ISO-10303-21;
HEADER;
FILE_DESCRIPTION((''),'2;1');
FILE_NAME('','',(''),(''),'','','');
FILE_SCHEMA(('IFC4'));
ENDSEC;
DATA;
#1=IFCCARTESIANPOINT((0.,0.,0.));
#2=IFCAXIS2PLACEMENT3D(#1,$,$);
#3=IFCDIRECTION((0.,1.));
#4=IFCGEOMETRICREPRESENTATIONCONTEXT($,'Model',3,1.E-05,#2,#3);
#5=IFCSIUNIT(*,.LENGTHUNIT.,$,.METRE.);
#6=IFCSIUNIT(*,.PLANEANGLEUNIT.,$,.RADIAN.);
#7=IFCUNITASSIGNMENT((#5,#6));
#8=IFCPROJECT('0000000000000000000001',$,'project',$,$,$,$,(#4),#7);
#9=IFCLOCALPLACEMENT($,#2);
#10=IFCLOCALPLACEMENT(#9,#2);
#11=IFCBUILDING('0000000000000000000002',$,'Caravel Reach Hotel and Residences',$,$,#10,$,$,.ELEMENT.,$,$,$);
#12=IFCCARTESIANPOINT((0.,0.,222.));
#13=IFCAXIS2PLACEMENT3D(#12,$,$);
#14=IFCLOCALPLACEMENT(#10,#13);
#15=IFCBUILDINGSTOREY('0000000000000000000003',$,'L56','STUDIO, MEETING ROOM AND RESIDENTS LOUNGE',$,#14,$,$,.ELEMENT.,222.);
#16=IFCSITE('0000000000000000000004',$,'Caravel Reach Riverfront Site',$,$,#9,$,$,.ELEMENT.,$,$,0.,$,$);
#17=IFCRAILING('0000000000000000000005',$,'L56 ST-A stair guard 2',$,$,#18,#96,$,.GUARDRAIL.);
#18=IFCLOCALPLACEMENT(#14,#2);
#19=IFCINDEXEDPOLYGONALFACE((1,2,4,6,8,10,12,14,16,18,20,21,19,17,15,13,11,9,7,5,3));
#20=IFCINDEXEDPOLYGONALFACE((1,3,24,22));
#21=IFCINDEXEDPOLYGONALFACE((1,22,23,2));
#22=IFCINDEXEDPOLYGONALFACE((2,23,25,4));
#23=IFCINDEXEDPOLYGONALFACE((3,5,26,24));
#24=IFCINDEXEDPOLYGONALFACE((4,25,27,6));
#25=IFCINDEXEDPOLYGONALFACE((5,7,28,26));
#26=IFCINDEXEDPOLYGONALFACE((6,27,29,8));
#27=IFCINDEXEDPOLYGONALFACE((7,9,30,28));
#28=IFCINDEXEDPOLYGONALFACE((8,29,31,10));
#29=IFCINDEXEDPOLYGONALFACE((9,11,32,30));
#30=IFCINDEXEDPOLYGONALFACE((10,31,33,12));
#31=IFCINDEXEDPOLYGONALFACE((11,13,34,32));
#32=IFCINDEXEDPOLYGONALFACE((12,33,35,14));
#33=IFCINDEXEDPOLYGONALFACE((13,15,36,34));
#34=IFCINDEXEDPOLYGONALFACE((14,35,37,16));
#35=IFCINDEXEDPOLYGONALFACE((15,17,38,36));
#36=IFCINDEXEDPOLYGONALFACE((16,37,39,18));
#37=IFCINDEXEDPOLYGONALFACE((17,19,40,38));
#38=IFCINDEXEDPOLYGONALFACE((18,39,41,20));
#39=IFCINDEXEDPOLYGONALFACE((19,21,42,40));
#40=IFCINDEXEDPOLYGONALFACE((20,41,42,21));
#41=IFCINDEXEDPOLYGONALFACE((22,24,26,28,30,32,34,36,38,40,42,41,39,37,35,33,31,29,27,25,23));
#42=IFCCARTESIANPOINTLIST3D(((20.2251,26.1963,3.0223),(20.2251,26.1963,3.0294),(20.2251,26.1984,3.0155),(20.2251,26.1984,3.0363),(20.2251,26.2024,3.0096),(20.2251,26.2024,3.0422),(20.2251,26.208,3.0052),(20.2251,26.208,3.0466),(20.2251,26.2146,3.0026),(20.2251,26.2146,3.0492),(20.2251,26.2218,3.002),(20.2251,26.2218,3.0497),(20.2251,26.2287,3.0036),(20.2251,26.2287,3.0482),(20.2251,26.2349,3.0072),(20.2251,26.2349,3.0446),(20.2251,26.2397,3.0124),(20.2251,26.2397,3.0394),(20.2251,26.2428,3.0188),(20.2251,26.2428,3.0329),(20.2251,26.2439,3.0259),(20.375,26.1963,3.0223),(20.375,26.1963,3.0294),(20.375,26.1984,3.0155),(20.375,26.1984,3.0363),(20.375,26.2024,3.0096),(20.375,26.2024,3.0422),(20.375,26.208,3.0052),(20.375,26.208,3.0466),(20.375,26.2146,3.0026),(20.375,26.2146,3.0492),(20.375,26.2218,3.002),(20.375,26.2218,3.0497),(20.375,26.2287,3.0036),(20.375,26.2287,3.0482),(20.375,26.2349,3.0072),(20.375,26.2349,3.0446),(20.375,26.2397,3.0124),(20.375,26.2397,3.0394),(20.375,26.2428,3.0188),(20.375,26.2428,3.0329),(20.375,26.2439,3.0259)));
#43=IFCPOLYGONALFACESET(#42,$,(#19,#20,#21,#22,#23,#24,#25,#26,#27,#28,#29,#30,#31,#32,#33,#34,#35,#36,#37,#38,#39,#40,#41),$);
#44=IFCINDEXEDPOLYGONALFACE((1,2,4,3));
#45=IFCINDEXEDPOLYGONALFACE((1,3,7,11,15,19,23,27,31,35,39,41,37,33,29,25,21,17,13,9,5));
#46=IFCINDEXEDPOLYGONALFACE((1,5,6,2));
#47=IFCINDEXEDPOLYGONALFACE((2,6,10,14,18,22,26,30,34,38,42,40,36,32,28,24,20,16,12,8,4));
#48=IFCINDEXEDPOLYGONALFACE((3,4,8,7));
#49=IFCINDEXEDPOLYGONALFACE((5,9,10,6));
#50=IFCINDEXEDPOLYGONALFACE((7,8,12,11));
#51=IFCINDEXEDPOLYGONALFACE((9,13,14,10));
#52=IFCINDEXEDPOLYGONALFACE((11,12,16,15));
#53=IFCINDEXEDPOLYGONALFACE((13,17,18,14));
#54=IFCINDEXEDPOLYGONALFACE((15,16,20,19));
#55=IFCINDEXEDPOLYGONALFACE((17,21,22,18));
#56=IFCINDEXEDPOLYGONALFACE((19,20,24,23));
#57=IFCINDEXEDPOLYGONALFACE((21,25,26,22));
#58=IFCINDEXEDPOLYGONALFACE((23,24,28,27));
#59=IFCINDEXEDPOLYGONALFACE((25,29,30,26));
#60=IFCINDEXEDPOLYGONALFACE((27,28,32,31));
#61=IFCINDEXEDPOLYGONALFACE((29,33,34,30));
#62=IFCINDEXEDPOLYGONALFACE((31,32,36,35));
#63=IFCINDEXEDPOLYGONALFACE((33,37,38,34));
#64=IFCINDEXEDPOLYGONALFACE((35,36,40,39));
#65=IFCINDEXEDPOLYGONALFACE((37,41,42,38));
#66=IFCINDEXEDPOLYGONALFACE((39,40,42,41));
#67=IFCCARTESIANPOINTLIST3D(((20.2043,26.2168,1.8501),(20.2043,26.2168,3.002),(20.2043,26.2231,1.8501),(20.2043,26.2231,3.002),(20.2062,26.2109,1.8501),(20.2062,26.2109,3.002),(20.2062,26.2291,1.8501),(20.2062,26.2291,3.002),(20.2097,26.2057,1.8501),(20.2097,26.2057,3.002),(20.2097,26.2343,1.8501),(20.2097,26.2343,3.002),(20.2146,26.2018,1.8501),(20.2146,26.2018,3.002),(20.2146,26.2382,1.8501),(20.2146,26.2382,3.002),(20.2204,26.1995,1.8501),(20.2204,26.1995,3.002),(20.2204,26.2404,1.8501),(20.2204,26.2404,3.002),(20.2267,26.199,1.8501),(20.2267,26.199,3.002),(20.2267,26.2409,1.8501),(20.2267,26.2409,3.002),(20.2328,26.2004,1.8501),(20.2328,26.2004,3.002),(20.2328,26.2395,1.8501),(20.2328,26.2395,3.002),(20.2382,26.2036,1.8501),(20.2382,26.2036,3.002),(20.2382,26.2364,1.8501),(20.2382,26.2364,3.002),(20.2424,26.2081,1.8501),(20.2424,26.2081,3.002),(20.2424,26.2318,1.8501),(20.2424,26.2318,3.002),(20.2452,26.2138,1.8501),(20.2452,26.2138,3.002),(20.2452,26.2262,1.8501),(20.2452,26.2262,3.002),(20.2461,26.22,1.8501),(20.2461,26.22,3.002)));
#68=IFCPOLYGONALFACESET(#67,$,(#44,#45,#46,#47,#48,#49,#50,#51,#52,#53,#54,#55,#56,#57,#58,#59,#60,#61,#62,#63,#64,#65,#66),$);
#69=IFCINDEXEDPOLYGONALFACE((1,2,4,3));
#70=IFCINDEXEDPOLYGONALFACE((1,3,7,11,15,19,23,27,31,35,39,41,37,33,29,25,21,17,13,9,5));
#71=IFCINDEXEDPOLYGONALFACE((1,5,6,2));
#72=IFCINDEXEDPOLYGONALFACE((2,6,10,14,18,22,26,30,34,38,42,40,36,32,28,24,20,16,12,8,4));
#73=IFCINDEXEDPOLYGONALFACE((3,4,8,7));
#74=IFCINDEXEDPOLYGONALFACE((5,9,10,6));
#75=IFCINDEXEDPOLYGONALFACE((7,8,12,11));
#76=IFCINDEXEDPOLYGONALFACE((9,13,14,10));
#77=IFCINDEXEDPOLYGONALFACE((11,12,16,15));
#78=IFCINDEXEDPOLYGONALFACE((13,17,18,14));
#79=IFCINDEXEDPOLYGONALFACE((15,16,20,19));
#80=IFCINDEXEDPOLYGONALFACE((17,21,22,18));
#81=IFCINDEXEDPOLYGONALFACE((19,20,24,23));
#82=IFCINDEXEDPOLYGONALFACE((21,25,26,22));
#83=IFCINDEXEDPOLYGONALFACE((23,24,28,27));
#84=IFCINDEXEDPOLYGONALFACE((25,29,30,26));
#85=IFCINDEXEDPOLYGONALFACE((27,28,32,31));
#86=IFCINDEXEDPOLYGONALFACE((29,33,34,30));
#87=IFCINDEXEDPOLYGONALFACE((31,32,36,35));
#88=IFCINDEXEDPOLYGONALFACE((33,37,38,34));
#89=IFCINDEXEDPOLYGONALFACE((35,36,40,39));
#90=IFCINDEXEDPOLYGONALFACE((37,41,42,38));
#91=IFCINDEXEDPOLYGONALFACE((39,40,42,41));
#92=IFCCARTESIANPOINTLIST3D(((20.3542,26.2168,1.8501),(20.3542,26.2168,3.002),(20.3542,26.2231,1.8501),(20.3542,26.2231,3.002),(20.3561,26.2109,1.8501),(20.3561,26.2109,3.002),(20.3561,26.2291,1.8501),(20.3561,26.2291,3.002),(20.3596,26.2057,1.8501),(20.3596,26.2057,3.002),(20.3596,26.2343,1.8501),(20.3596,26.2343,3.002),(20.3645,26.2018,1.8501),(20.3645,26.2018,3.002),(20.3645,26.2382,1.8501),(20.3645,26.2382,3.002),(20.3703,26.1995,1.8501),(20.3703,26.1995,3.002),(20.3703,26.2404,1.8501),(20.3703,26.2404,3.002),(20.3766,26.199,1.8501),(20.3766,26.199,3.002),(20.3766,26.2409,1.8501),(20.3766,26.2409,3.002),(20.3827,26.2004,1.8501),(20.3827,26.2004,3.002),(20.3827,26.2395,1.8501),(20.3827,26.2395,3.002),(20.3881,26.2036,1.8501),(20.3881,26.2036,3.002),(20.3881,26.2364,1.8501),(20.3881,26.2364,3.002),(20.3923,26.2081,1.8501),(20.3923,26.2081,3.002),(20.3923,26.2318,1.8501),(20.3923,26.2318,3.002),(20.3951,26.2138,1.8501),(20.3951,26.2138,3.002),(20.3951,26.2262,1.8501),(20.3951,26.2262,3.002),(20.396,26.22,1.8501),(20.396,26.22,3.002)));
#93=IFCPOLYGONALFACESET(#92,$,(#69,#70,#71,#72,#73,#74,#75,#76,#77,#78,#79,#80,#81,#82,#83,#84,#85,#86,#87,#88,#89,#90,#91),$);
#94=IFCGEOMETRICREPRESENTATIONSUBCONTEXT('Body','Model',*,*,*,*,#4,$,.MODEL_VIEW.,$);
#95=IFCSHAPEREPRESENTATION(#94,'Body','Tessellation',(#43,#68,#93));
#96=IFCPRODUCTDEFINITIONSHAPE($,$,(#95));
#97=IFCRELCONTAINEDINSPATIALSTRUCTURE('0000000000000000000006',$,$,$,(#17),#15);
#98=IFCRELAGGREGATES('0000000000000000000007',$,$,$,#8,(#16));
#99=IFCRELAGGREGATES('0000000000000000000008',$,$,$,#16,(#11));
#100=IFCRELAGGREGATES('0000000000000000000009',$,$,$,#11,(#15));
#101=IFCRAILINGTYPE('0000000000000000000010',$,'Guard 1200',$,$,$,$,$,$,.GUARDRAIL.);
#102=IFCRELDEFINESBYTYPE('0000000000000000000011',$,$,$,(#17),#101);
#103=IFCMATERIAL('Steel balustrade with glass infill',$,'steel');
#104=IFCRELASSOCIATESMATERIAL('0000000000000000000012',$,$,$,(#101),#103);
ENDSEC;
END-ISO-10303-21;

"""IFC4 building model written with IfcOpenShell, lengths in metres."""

from ifc_helpers import new_model, si_unit, direction, frame, origin, origin_2d, place, context, subcontext, project, spatial, circle, extrude, material, type_object, element, save


model = new_model("IFC4")

# Units and contexts
model_context = context("Model", 3, precision=1e-05, world=origin(), true_north=direction((0.0, 1.0)))
body_context = subcontext(model_context, "Body", "Model", "MODEL_VIEW")
ifc_project = project(units=[si_unit("LENGTHUNIT", "METRE"), si_unit("PLANEANGLEUNIT", "RADIAN")], contexts=[model_context])

# Site, building, storey
site_placement = place(None, origin())
site = spatial("IfcSite", under=ifc_project, at=site_placement, Name="Caravel Reach Riverfront Site", CompositionType="ELEMENT", RefElevation=0.0)
building_placement = place(site_placement, origin())
building = spatial("IfcBuilding", under=site, at=building_placement, Name="Caravel Reach Hotel and Residences", CompositionType="ELEMENT")
storey_placement = place(building_placement, frame((0.0, 0.0, 222.0)))
storey = spatial("IfcBuildingStorey", under=building, at=storey_placement, Name="L56", Description="STUDIO, MEETING ROOM AND RESIDENTS LOUNGE", CompositionType="ELEMENT", Elevation=222.0)

# Railing
ifc_material_1 = material(Name="Steel balustrade with glass infill", Category="steel")
railing_type_1 = type_object("IfcRailingType", Name="Guard 1200", PredefinedType="GUARDRAIL", material=ifc_material_1)
railing_1_placement = place(storey_placement, frame((20.2251, 26.22, 1.8501)))
element("IfcRailing", 1, at=railing_1_placement, inside=storey, type_object=railing_type_1, Name="L56 ST-A stair guard 2", PredefinedType="GUARDRAIL", context=body_context, shape_type="SweptSolid", body=[
    extrude(circle(Radius=0.0239, at=origin_2d()), frame((0.0, 0.0, 1.1758), z_axis=(1.0, 0.0, 0.0), x_axis=(0.0, 1.0, 0.0)), (0.0, 0.0, 1.0), 0.1499),
    extrude(circle(Radius=0.021, at=origin_2d()), origin(), (0.0, 0.0, 1.0), 1.1519),
    extrude(circle(Radius=0.021, at=origin_2d()), frame((0.1499, 0.0, 0.0)), (0.0, 0.0, 1.0), 1.1519),
])

save(model, "model.ifc")
